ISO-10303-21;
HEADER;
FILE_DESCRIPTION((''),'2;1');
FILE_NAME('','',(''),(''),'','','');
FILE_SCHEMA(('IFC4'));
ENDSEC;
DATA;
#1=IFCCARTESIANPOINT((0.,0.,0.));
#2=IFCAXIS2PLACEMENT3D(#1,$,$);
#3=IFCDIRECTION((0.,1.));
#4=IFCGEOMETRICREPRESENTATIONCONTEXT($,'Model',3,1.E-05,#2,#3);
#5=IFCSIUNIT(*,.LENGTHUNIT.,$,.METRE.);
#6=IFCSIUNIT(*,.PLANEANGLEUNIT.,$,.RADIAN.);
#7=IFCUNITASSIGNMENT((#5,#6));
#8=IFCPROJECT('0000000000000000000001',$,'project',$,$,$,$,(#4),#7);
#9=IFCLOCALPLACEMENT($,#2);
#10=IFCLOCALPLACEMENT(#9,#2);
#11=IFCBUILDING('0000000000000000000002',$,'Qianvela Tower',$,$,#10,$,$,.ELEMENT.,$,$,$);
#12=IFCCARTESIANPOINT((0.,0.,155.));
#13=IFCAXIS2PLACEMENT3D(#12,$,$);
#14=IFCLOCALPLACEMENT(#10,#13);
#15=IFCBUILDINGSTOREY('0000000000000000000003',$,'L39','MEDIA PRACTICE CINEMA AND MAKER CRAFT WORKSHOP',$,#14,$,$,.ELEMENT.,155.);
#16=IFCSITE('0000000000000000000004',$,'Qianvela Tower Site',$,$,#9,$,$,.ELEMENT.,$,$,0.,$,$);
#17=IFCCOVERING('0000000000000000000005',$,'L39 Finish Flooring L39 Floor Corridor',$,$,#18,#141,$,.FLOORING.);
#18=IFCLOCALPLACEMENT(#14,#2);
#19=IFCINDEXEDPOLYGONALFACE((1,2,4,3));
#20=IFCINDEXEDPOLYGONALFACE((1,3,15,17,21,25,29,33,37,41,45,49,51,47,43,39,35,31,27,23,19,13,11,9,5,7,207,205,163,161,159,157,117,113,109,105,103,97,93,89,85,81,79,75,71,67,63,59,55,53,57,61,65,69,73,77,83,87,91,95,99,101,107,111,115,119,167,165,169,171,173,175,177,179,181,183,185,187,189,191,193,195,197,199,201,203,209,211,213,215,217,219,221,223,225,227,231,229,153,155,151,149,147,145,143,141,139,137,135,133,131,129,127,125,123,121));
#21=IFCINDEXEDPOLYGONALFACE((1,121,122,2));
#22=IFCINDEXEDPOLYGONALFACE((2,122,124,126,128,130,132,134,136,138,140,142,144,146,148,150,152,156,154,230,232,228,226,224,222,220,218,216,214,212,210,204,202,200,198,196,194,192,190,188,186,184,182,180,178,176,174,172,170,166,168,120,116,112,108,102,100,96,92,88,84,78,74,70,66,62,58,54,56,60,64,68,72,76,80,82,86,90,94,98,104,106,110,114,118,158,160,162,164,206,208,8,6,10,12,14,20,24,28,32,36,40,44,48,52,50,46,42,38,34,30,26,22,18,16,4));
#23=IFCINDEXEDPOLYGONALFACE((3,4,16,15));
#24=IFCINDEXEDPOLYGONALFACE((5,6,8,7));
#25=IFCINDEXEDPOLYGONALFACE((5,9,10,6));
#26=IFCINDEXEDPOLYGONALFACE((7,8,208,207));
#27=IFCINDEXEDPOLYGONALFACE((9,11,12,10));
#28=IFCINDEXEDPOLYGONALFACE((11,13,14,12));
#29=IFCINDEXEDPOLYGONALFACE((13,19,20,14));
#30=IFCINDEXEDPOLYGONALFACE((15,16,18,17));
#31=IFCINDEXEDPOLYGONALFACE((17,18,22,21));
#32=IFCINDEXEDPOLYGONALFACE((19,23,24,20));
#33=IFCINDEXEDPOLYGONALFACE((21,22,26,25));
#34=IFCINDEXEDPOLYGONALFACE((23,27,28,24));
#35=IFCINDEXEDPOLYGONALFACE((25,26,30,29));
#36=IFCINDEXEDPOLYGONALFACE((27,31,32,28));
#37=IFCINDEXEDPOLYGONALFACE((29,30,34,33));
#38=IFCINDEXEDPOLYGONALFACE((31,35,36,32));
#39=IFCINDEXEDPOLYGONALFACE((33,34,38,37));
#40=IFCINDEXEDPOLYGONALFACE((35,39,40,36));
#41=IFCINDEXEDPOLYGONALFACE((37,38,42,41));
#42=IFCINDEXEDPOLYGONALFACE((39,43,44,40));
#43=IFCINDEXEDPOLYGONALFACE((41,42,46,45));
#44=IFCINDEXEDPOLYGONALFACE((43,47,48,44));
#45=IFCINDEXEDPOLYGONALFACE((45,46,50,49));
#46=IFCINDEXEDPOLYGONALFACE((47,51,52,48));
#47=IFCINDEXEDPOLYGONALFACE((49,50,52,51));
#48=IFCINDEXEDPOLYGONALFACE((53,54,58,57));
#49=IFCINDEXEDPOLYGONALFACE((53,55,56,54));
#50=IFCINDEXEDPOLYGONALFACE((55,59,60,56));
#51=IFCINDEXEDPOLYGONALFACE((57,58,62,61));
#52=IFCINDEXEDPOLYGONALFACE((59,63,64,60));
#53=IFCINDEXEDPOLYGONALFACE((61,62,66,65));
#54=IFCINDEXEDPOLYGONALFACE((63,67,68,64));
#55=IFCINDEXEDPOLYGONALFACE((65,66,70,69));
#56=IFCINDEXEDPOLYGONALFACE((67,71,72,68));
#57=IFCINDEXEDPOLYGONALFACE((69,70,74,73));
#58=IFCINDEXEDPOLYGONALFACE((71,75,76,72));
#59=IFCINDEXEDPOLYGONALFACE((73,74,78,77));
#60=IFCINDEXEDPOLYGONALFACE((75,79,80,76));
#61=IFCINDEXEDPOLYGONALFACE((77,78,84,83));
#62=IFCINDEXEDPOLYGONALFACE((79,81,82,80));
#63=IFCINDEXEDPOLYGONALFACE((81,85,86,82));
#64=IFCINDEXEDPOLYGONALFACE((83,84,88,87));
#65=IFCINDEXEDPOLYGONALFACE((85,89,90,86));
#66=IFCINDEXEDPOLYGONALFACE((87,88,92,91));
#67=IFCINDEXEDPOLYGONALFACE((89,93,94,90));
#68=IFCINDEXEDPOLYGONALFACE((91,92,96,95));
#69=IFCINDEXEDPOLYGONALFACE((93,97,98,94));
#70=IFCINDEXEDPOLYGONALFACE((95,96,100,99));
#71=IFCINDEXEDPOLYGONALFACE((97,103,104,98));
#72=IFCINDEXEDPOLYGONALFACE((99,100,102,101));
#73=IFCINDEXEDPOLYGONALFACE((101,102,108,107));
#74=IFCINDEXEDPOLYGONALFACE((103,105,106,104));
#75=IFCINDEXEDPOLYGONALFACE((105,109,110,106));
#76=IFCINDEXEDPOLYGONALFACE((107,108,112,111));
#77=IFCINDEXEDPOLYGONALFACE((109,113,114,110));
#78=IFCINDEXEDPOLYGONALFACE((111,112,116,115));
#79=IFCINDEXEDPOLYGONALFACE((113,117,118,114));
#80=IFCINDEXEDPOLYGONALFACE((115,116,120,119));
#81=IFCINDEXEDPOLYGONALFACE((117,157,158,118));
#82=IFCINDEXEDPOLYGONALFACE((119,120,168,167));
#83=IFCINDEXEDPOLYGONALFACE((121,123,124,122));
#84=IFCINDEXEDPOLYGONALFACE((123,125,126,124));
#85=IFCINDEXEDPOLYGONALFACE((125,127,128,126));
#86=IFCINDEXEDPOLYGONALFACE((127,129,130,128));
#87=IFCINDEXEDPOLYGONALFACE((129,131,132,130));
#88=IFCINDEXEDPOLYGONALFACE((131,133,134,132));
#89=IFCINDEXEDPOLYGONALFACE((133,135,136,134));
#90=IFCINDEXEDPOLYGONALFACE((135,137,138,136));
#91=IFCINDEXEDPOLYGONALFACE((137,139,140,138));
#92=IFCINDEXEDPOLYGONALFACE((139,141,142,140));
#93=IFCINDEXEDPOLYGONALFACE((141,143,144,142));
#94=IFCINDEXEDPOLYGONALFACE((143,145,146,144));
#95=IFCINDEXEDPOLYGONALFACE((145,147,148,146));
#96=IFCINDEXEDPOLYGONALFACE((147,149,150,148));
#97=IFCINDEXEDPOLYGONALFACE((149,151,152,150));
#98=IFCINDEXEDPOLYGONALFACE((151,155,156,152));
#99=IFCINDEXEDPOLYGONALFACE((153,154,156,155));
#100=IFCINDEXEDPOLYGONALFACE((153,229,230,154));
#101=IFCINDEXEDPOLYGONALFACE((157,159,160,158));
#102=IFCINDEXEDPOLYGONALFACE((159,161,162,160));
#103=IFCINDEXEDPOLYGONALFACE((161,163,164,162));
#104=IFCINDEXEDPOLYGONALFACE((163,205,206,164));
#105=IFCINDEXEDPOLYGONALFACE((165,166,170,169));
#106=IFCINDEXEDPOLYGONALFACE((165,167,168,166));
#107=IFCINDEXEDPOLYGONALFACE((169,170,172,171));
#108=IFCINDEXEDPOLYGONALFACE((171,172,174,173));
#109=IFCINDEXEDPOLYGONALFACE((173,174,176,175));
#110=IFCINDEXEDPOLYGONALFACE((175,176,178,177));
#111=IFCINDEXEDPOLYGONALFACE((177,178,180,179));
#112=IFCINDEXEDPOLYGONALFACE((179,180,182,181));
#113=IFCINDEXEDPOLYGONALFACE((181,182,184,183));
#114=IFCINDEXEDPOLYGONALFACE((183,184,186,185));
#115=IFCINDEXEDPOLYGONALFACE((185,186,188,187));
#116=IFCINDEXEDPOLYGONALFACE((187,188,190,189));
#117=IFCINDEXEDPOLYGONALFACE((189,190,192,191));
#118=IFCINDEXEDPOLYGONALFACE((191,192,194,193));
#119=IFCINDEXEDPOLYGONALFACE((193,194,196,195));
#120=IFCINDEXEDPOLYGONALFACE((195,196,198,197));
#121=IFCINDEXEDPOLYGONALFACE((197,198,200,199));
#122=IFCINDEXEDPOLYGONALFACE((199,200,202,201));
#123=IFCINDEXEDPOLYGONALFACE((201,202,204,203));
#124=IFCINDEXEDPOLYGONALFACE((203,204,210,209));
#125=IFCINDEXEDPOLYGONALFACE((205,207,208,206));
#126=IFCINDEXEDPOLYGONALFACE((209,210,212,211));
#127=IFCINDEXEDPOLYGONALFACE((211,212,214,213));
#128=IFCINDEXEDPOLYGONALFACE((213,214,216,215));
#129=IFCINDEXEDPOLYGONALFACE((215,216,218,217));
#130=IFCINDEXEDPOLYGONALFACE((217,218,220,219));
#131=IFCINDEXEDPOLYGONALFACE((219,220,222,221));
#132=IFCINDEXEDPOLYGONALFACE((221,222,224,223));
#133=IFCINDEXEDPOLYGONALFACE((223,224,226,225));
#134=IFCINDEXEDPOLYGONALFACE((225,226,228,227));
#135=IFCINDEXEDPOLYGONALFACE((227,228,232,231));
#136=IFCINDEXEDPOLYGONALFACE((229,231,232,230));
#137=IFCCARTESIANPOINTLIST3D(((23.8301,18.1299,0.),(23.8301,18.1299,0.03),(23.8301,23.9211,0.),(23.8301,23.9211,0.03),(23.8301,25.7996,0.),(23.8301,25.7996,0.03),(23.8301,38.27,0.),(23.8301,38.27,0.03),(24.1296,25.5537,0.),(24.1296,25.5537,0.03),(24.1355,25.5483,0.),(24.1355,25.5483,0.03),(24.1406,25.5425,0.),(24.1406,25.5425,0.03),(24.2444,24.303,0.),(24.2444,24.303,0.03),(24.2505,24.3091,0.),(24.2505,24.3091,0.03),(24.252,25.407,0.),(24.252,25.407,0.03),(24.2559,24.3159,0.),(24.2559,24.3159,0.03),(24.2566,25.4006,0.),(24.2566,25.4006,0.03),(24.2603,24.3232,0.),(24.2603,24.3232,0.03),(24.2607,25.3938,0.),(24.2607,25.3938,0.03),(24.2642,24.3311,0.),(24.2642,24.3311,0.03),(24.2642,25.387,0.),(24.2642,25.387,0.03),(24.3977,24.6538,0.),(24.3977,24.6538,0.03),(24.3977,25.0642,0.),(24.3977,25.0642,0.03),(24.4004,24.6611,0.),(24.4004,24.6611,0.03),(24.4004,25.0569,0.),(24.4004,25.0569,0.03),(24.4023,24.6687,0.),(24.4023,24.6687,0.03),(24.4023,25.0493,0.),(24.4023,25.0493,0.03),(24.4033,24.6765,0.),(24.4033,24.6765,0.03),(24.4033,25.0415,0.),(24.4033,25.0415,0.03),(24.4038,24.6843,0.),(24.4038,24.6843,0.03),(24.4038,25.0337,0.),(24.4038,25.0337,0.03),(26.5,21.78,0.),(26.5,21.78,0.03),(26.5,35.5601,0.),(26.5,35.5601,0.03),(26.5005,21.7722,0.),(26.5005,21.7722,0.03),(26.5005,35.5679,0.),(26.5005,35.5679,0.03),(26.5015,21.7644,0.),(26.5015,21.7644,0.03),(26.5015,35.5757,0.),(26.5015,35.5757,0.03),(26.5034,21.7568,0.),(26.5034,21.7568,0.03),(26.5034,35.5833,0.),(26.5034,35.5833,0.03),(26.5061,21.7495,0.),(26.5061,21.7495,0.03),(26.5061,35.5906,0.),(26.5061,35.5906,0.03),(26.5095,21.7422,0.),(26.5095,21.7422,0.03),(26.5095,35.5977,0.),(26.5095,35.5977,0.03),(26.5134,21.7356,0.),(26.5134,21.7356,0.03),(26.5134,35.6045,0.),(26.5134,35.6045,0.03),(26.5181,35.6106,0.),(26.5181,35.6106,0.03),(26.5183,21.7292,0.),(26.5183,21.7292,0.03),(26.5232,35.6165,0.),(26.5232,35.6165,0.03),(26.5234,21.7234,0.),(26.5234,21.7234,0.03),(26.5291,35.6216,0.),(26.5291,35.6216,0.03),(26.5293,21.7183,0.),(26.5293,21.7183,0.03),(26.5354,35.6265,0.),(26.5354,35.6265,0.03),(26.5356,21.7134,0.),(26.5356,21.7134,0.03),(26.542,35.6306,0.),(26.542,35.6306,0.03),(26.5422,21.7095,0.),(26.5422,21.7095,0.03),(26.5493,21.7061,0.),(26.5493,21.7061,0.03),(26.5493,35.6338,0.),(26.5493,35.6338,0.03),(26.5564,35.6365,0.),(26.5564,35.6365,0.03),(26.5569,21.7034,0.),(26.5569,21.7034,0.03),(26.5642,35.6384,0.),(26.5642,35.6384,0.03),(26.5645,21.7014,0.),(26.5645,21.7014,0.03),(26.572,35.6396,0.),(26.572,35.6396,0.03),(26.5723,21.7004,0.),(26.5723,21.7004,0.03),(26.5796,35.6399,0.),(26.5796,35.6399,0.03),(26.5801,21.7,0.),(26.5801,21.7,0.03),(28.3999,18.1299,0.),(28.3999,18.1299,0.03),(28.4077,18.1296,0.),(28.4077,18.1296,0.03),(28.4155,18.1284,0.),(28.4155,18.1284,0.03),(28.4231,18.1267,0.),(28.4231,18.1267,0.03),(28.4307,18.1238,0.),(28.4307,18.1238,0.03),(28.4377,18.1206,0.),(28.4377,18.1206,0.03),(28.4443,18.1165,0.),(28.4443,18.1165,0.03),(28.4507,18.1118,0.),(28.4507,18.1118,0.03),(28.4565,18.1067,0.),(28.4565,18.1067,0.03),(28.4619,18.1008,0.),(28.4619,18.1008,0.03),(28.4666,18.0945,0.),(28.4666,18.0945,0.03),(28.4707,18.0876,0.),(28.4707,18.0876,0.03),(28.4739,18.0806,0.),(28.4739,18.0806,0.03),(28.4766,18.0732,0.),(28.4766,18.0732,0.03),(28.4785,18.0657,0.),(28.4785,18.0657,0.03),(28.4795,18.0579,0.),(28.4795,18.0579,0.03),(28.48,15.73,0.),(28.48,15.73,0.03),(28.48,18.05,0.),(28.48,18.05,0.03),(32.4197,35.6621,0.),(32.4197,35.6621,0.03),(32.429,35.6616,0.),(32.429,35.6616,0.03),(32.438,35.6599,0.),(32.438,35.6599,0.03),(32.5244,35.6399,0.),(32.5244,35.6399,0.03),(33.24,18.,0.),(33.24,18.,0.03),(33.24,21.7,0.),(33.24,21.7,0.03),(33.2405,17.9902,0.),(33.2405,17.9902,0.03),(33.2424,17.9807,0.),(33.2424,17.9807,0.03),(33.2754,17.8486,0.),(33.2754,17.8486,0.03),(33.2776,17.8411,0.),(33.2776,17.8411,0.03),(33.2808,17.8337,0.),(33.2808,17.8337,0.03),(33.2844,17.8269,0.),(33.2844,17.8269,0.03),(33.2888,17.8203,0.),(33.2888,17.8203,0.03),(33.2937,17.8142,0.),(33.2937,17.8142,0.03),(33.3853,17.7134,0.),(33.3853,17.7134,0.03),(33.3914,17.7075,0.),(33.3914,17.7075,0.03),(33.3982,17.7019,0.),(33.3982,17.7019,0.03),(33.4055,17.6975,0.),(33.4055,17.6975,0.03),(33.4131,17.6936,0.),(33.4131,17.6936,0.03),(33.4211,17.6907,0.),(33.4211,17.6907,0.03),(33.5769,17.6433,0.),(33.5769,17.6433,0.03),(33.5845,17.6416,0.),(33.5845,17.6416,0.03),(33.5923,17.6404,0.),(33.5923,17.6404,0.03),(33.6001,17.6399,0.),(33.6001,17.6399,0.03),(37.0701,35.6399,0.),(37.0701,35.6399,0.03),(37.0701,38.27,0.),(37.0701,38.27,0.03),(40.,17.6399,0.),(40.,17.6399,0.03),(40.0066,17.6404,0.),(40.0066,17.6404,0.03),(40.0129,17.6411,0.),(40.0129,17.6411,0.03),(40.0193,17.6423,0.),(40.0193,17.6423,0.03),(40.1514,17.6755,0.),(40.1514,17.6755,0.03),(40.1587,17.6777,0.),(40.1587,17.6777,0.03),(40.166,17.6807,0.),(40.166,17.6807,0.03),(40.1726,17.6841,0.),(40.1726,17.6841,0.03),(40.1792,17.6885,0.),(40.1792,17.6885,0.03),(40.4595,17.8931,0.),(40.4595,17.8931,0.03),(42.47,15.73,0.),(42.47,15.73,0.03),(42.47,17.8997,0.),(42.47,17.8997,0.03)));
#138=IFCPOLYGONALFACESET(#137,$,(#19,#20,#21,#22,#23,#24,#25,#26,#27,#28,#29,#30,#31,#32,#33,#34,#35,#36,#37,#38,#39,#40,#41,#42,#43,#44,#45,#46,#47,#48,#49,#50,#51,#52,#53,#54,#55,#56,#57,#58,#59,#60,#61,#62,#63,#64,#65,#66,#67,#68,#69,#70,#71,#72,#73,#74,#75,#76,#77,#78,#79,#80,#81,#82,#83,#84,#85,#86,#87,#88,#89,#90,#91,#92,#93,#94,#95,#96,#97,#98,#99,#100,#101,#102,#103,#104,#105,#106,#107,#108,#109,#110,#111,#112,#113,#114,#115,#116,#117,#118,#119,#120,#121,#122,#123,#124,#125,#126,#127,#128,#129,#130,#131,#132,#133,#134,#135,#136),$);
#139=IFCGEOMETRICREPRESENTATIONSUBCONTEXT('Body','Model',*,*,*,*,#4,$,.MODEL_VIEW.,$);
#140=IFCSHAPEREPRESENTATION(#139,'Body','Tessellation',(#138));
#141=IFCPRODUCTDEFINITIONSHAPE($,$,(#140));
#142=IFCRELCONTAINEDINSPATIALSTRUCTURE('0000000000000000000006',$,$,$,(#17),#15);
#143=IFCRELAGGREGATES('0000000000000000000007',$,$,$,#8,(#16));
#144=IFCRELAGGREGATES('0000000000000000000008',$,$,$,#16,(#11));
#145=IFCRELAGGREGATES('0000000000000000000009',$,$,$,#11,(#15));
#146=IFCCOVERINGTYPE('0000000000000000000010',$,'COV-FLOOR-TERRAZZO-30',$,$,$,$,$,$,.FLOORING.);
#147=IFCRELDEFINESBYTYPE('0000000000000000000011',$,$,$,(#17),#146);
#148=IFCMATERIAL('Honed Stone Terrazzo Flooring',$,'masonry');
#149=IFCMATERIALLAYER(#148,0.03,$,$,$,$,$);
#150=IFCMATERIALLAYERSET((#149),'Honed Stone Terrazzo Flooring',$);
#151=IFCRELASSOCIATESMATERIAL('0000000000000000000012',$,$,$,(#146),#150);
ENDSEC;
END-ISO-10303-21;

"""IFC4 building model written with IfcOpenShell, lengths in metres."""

from ifc_helpers import new_model, si_unit, direction, frame, origin, place, context, subcontext, project, spatial, polyline, outline, extrude, material, layer, layer_set, type_object, element, save


model = new_model("IFC4")

# Units and contexts
model_context = context("Model", 3, precision=1e-05, world=origin(), true_north=direction((0.0, 1.0)))
body_context = subcontext(model_context, "Body", "Model", "MODEL_VIEW")
ifc_project = project(units=[si_unit("LENGTHUNIT", "METRE"), si_unit("PLANEANGLEUNIT", "RADIAN")], contexts=[model_context])

# Site, building, storey
site_placement = place(None, origin())
site = spatial("IfcSite", under=ifc_project, at=site_placement, Name="Qianvela Tower Site", CompositionType="ELEMENT", RefElevation=0.0)
building_placement = place(site_placement, origin())
building = spatial("IfcBuilding", under=site, at=building_placement, Name="Qianvela Tower", CompositionType="ELEMENT")
storey_placement = place(building_placement, frame((0.0, 0.0, 155.0)))
storey = spatial("IfcBuildingStorey", under=building, at=storey_placement, Name="L39", Description="MEDIA PRACTICE CINEMA AND MAKER CRAFT WORKSHOP", CompositionType="ELEMENT", Elevation=155.0)

# Covering
ifc_material_1 = material(Name="Honed Stone Terrazzo Flooring", Category="masonry")
ifc_layer_1 = layer(ifc_material_1, 0.03)
ifc_layer_set_1 = layer_set([ifc_layer_1], Name="Honed Stone Terrazzo Flooring")
covering_type_1 = type_object("IfcCoveringType", Name="COV-FLOOR-TERRAZZO-30", PredefinedType="FLOORING", material=ifc_layer_set_1)
covering_1_placement = place(storey_placement, origin())
element("IfcCovering", 1, at=covering_1_placement, inside=storey, type_object=covering_type_1, Name="L39 Finish Flooring L39 Floor Corridor", PredefinedType="FLOORING", context=body_context, shape_type="SweptSolid", body=[
    extrude(outline(polyline([(24.4038, 25.0337), (24.4033, 25.0415), (24.4023, 25.0493), (24.4004, 25.0569), (24.3977, 25.0642), (24.2642, 25.387), (24.2607, 25.3938), (24.2566, 25.4006), (24.252, 25.407), (24.1406, 25.5425), (24.1355, 25.5483), (24.1296, 25.5537), (23.8301, 25.7996), (23.8301, 38.27), (37.0701, 38.27), (37.0701, 35.6399), (32.5244, 35.6399), (32.438, 35.6599), (32.429, 35.6616), (32.4197, 35.6621), (26.5796, 35.6399), (26.572, 35.6396), (26.5642, 35.6384), (26.5564, 35.6365), (26.5493, 35.6338), (26.542, 35.6306), (26.5354, 35.6265), (26.5291, 35.6216), (26.5232, 35.6165), (26.5181, 35.6106), (26.5134, 35.6045), (26.5095, 35.5977), (26.5061, 35.5906), (26.5034, 35.5833), (26.5015, 35.5757), (26.5005, 35.5679), (26.5, 35.5601), (26.5, 21.78), (26.5005, 21.7722), (26.5015, 21.7644), (26.5034, 21.7568), (26.5061, 21.7495), (26.5095, 21.7422), (26.5134, 21.7356), (26.5183, 21.7292), (26.5234, 21.7234), (26.5293, 21.7183), (26.5356, 21.7134), (26.5422, 21.7095), (26.5493, 21.7061), (26.5569, 21.7034), (26.5645, 21.7014), (26.5723, 21.7004), (26.5801, 21.7), (33.24, 21.7), (33.24, 18.0), (33.2405, 17.9902), (33.2424, 17.9807), (33.2754, 17.8486), (33.2776, 17.8411), (33.2808, 17.8337), (33.2844, 17.8269), (33.2888, 17.8203), (33.2937, 17.8142), (33.3853, 17.7134), (33.3914, 17.7075), (33.3982, 17.7019), (33.4055, 17.6975), (33.4131, 17.6936), (33.4211, 17.6907), (33.5769, 17.6433), (33.5845, 17.6416), (33.5923, 17.6404), (33.6001, 17.6399), (40.0, 17.6399), (40.0066, 17.6404), (40.0129, 17.6411), (40.0193, 17.6423), (40.1514, 17.6755), (40.1587, 17.6777), (40.166, 17.6807), (40.1726, 17.6841), (40.1792, 17.6885), (40.4595, 17.8931), (42.47, 17.8997), (42.47, 15.73), (28.48, 15.73), (28.48, 18.05), (28.4795, 18.0579), (28.4785, 18.0657), (28.4766, 18.0732), (28.4739, 18.0806), (28.4707, 18.0876), (28.4666, 18.0945), (28.4619, 18.1008), (28.4565, 18.1067), (28.4507, 18.1118), (28.4443, 18.1165), (28.4377, 18.1206), (28.4307, 18.1238), (28.4231, 18.1267), (28.4155, 18.1284), (28.4077, 18.1296), (28.3999, 18.1299), (23.8301, 18.1299), (23.8301, 23.9211), (24.2444, 24.303), (24.2505, 24.3091), (24.2559, 24.3159), (24.2603, 24.3232), (24.2642, 24.3311), (24.3977, 24.6538), (24.4004, 24.6611), (24.4023, 24.6687), (24.4033, 24.6765), (24.4038, 24.6843), (24.4038, 25.0337)])), origin(), (0.0, 0.0, 1.0), 0.03),
])

save(model, "model.ifc")
